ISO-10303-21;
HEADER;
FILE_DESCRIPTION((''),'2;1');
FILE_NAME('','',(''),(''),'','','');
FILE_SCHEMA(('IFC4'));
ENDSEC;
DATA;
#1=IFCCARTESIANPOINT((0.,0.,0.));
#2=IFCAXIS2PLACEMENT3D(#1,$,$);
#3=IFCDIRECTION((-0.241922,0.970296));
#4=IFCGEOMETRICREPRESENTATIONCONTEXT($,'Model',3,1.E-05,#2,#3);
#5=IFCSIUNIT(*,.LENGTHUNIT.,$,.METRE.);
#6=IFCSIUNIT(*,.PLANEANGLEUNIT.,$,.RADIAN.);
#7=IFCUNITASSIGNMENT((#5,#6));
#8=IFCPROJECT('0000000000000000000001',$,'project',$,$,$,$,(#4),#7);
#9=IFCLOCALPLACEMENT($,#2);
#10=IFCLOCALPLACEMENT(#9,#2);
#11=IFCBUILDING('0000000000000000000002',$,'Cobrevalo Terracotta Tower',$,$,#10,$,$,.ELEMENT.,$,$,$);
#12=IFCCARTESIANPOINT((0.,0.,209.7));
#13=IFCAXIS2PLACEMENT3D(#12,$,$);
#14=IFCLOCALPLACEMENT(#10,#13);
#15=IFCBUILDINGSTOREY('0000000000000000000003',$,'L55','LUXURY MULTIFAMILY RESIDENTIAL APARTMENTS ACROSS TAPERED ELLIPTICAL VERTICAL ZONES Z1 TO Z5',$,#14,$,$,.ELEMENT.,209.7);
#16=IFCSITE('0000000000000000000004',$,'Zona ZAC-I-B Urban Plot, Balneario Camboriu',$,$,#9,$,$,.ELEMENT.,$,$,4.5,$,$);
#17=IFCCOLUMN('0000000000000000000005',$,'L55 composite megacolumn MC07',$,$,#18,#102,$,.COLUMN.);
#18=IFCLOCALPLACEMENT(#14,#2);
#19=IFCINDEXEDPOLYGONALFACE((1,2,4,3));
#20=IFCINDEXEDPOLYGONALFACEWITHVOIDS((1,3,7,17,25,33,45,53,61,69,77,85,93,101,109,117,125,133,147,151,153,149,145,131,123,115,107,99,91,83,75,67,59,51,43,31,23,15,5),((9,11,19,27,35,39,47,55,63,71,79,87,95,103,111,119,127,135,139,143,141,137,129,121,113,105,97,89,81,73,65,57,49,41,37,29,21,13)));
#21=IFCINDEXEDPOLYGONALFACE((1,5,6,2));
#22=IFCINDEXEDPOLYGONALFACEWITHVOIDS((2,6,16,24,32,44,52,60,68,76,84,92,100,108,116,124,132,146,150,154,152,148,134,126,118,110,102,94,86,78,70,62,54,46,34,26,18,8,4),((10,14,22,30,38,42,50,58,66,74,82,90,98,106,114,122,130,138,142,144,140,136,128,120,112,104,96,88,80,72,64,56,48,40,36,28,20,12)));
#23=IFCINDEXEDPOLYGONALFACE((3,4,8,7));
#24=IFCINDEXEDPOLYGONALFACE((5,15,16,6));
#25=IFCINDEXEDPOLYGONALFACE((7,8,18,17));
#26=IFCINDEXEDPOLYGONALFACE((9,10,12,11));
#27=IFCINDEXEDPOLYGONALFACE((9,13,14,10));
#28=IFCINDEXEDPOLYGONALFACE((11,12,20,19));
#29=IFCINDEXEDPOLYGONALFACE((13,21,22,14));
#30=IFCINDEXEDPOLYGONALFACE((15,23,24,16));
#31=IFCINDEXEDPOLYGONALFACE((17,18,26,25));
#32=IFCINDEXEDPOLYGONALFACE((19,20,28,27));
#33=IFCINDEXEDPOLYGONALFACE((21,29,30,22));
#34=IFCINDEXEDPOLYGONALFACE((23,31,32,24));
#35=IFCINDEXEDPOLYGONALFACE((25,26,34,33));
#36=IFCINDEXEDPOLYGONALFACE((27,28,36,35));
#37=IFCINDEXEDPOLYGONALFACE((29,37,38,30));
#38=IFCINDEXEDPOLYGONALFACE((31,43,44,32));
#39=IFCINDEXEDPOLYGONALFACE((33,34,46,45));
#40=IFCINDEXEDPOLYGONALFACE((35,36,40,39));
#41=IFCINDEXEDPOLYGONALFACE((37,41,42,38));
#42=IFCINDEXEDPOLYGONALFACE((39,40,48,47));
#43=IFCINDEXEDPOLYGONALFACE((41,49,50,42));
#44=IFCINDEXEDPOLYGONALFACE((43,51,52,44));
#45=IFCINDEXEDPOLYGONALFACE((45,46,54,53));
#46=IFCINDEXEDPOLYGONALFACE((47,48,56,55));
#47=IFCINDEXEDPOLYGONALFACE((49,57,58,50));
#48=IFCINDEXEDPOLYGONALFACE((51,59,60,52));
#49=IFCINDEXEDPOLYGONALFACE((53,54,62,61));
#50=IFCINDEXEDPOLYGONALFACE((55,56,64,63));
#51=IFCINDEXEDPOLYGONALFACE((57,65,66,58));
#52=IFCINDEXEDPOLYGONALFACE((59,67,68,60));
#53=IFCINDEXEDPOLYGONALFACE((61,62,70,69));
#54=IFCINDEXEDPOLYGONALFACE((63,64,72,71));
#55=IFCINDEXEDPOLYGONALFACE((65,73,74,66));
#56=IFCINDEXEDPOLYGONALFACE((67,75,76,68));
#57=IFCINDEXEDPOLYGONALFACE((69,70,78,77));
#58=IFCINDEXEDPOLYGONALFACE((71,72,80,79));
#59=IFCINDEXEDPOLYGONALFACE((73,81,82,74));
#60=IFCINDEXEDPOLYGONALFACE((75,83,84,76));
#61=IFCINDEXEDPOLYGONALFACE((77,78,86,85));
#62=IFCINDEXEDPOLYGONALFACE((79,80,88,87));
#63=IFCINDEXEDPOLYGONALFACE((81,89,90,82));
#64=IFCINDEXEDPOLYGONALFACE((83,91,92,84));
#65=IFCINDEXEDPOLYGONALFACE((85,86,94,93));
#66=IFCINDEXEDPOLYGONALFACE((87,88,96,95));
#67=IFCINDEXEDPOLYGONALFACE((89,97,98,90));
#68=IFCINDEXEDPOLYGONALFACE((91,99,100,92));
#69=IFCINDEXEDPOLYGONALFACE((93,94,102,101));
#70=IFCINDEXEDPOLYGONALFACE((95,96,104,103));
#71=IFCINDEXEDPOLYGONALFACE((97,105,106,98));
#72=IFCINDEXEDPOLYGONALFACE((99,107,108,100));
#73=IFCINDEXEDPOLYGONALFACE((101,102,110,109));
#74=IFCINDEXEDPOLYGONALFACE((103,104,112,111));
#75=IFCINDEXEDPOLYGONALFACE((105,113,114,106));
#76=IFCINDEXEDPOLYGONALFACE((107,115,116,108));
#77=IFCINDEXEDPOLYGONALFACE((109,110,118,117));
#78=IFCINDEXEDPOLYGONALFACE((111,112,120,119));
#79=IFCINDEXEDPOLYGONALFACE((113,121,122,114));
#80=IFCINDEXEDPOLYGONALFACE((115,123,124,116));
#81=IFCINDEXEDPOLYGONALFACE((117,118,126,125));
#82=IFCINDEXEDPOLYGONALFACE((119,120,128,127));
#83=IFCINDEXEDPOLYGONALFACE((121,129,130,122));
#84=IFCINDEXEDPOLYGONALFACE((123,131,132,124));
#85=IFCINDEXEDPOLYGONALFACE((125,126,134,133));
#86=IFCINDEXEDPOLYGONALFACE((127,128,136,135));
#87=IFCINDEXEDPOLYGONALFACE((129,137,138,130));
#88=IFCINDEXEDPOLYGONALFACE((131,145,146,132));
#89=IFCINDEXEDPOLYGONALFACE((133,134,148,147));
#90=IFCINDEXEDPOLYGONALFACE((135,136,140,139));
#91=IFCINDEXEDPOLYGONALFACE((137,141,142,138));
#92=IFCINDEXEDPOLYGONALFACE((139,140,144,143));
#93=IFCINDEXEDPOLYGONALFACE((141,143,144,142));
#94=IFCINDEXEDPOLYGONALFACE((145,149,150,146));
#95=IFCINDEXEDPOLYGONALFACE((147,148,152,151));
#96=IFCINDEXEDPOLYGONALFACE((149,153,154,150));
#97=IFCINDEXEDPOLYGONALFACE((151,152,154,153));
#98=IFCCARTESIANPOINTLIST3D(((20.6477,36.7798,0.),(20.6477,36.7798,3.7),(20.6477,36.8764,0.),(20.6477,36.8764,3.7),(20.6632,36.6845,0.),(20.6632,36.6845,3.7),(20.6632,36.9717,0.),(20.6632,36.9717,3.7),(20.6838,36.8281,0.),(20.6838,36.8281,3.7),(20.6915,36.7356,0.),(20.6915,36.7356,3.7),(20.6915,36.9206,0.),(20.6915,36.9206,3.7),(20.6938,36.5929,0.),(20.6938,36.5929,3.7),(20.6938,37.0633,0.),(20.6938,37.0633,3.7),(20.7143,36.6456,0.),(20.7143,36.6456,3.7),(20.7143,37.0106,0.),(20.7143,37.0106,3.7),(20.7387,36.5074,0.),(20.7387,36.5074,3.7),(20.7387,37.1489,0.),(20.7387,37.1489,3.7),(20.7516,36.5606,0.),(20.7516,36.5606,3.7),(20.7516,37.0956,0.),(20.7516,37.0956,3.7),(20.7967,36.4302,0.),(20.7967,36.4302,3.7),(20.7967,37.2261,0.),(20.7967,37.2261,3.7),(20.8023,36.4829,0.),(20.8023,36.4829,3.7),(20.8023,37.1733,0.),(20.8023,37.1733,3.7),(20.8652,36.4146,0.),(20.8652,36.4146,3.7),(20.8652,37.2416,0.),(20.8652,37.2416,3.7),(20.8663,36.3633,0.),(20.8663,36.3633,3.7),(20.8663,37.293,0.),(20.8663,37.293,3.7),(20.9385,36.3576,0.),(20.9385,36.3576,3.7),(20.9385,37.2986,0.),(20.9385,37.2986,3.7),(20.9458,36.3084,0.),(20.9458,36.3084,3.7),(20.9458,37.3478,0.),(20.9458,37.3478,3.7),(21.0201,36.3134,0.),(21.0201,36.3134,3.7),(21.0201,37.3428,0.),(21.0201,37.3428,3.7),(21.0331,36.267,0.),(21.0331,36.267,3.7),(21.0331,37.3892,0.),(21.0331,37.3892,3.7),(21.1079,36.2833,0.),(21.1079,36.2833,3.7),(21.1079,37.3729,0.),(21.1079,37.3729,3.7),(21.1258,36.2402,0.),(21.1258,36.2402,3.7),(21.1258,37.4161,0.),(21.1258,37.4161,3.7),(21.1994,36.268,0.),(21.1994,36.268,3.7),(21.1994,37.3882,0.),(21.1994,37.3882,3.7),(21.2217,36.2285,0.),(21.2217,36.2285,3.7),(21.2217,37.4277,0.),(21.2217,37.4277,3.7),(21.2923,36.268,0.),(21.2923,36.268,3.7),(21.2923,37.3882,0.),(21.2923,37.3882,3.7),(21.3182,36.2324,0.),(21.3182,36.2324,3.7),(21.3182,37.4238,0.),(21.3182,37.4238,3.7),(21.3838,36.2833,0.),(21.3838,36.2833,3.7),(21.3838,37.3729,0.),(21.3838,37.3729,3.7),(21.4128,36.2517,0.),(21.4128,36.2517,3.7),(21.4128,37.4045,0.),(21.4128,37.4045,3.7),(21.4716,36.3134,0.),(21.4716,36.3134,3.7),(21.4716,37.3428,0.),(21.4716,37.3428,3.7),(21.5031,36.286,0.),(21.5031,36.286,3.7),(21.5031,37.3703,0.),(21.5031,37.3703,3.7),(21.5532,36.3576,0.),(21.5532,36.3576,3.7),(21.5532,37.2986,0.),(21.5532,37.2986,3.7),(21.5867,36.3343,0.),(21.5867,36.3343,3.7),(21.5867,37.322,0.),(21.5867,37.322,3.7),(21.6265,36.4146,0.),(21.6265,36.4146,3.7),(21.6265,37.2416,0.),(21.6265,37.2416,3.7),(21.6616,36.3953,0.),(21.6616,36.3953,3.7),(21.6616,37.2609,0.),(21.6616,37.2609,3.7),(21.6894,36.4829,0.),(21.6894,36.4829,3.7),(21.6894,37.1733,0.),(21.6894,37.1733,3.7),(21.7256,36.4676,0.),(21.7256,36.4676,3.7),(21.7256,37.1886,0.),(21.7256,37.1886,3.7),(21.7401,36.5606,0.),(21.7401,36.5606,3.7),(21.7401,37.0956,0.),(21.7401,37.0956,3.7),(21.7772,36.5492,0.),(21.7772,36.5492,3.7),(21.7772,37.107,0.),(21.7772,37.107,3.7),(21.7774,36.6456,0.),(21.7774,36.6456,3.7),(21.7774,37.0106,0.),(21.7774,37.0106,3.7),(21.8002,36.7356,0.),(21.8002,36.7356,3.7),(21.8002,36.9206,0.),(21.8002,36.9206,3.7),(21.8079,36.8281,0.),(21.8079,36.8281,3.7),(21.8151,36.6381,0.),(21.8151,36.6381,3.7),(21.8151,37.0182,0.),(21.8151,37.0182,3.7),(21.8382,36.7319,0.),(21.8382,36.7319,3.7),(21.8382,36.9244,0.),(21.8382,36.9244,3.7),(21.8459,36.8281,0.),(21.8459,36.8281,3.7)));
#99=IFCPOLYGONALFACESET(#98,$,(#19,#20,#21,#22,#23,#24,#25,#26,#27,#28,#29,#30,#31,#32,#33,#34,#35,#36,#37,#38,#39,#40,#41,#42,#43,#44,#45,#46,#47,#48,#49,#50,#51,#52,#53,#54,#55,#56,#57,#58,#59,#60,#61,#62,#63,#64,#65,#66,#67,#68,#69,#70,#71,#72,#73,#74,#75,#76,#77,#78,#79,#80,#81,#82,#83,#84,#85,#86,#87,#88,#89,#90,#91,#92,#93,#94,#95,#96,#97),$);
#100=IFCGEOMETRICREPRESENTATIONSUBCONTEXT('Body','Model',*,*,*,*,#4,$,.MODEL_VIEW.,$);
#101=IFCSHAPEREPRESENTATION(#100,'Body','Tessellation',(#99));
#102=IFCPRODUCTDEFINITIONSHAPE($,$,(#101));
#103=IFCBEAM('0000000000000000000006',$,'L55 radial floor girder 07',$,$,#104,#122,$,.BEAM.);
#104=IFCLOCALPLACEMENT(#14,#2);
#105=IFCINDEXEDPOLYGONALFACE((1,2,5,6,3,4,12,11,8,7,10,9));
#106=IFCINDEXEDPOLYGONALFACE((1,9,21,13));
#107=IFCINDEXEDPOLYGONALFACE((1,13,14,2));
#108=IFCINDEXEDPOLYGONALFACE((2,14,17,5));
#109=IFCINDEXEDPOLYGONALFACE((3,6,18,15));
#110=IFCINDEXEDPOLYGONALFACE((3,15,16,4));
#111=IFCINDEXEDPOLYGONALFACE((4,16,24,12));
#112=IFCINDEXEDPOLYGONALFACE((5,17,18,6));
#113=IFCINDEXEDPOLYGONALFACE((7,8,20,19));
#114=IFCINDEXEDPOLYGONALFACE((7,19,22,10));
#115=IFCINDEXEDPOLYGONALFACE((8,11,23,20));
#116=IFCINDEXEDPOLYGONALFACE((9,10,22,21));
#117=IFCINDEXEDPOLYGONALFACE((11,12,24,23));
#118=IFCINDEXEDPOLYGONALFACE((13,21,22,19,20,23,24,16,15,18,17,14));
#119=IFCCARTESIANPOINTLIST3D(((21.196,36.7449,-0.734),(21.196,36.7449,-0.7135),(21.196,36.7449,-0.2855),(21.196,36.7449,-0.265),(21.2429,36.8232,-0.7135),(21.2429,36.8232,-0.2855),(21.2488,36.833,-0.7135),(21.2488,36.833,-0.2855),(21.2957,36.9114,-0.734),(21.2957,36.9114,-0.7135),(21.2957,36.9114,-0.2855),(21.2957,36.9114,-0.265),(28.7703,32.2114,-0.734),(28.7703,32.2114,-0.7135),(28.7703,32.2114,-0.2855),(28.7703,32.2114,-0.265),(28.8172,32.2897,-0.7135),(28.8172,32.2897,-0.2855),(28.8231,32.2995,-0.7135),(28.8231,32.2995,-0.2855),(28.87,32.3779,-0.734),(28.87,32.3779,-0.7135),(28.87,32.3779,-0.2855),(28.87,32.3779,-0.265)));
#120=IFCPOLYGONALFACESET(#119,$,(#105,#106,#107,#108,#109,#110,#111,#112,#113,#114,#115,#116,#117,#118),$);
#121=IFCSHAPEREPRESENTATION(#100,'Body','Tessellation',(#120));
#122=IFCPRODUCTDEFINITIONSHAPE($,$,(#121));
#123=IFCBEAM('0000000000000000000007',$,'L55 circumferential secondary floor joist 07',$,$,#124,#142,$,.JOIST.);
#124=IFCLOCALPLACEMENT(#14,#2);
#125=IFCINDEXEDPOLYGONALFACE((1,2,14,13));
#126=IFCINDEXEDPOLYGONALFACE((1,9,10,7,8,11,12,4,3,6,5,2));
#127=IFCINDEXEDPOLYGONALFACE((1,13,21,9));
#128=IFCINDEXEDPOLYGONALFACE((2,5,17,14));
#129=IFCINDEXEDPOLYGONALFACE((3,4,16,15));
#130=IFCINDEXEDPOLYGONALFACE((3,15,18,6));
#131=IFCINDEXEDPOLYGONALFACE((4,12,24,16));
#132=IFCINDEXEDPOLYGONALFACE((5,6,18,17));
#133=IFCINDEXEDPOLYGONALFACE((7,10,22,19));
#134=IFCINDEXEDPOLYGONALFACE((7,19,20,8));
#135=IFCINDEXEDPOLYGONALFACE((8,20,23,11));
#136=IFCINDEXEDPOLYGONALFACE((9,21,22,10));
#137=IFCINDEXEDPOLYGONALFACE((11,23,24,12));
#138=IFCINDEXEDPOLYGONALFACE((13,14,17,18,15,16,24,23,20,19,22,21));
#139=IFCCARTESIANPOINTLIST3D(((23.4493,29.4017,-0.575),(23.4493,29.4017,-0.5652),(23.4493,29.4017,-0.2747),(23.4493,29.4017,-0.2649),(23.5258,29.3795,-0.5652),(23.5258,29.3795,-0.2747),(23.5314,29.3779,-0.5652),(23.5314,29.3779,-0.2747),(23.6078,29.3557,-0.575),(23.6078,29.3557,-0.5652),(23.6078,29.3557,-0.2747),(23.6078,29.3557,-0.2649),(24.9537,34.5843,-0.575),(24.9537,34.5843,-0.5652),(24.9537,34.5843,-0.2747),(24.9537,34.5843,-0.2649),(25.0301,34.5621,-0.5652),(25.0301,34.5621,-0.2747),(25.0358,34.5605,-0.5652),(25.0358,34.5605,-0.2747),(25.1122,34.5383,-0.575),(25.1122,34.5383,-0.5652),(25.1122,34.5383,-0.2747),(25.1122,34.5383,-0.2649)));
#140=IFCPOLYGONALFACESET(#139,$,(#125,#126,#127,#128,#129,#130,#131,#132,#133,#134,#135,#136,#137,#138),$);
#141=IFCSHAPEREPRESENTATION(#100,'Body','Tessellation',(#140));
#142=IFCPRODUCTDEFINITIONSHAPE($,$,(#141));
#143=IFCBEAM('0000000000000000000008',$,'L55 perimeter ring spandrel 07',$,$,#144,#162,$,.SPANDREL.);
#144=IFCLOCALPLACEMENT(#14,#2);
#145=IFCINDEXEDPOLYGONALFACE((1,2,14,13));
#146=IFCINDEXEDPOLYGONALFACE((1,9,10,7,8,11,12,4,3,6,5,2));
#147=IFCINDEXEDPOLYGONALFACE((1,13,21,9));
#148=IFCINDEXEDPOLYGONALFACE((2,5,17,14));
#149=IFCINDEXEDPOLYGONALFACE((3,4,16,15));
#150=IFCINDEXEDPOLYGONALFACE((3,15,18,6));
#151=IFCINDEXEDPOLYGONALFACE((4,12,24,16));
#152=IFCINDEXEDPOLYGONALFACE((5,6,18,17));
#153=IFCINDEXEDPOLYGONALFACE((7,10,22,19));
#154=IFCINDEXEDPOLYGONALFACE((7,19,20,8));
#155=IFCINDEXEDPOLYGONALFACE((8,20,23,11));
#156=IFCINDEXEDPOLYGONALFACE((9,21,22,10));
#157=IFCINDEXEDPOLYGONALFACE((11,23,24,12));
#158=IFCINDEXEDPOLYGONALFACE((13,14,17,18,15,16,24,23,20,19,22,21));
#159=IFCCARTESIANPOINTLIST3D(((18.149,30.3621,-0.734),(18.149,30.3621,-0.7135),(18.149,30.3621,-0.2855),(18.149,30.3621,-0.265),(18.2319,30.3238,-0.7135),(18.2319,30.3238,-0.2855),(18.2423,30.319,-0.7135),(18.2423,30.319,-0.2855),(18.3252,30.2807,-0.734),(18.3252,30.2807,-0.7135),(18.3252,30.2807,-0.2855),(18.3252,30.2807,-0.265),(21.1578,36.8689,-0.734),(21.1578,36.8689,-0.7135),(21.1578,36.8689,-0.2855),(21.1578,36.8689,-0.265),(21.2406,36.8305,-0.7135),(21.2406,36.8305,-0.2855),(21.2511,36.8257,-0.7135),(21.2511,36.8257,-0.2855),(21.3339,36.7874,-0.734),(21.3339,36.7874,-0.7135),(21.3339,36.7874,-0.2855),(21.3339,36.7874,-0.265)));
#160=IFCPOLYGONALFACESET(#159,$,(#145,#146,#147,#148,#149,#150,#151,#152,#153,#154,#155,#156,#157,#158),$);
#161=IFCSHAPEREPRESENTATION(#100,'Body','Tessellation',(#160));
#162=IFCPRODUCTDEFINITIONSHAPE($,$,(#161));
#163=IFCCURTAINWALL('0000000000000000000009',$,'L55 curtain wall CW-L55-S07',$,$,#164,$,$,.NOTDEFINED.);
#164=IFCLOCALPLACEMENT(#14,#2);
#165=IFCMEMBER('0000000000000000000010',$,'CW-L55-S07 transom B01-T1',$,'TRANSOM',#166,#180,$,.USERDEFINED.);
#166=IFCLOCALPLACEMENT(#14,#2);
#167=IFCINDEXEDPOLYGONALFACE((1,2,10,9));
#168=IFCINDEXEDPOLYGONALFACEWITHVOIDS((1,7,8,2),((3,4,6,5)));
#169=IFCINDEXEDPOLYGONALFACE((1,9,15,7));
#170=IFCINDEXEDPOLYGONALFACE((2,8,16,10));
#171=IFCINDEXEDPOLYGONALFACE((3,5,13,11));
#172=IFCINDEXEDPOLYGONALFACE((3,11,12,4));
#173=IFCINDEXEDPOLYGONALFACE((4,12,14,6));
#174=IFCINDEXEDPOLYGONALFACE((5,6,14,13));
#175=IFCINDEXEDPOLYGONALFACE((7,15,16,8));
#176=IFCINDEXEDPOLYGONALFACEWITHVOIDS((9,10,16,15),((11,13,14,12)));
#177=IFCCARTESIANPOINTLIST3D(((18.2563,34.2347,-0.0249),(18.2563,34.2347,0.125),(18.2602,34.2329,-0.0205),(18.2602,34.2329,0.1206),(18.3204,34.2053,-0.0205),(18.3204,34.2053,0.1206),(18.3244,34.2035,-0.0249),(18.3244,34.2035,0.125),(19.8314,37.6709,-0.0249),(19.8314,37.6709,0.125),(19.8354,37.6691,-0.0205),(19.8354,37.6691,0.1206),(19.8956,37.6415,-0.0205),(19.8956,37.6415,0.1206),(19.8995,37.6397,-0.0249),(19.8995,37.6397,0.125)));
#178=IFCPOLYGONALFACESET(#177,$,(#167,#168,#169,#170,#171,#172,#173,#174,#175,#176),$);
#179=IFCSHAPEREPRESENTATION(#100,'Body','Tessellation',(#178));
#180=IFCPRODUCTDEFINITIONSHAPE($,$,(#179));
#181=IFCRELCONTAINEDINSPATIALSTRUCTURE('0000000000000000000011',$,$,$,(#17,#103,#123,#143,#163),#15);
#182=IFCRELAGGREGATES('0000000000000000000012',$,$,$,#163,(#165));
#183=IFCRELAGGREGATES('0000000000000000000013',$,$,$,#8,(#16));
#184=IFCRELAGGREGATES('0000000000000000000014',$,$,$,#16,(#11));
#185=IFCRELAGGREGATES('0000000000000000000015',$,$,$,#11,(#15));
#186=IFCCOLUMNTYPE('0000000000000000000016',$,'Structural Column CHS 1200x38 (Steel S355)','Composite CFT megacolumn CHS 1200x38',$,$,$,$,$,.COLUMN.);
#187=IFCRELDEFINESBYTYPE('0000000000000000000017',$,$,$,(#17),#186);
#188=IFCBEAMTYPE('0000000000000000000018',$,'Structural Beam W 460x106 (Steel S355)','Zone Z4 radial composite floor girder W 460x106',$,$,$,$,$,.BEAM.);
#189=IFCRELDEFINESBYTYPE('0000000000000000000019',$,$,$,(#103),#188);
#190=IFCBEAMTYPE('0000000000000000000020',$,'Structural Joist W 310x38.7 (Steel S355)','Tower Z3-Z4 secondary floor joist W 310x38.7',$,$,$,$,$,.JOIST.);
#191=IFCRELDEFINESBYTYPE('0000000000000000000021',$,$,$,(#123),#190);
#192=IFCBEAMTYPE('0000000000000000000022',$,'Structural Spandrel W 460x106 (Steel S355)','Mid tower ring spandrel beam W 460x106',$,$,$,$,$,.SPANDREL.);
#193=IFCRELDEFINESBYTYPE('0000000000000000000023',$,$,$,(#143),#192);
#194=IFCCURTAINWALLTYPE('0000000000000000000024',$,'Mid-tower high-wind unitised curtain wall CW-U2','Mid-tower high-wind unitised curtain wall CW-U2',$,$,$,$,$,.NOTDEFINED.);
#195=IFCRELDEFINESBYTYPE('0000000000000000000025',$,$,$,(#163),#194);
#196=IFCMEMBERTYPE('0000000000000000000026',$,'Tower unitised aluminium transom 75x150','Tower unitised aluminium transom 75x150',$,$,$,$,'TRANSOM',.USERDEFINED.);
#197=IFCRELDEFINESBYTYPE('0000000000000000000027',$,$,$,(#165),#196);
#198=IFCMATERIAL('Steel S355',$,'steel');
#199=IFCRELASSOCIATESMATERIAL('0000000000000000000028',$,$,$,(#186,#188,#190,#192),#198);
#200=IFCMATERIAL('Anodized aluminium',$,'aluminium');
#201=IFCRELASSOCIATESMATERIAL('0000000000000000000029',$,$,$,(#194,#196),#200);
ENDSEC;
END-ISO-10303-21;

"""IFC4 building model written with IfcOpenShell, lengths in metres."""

from ifc_helpers import new_model, si_unit, direction, frame, origin, origin_2d, place, context, subcontext, project, spatial, hollow_rectangle, hollow_circle, i_section, extrude, source, transform, mapped, material, material_profile, profile_set, type_object, element, aggregate, save


model = new_model("IFC4")

# Units and contexts
model_context = context("Model", 3, precision=1e-05, world=origin(), true_north=direction((-0.241922, 0.970296)))
body_context = subcontext(model_context, "Body", "Model", "MODEL_VIEW")
ifc_project = project(units=[si_unit("LENGTHUNIT", "METRE"), si_unit("PLANEANGLEUNIT", "RADIAN")], contexts=[model_context])

# Site, building, storey
site_placement = place(None, origin())
site = spatial("IfcSite", under=ifc_project, at=site_placement, Name="Zona ZAC-I-B Urban Plot, Balneario Camboriu", CompositionType="ELEMENT", RefElevation=4.5)
building_placement = place(site_placement, origin())
building = spatial("IfcBuilding", under=site, at=building_placement, Name="Cobrevalo Terracotta Tower", CompositionType="ELEMENT")
storey_placement = place(building_placement, frame((0.0, 0.0, 209.7)))
storey = spatial("IfcBuildingStorey", under=building, at=storey_placement, Name="L55", Description="LUXURY MULTIFAMILY RESIDENTIAL APARTMENTS ACROSS TAPERED ELLIPTICAL VERTICAL ZONES Z1 TO Z5", CompositionType="ELEMENT", Elevation=209.7)

# Column
ifc_material_1 = material(Name="Steel S355", Category="steel")
ifc_material_profile_1 = material_profile(ifc_material_1, hollow_circle(Radius=0.6001, WallThickness=0.0381, at=origin_2d()), Name="CHS 1200x38")
ifc_profile_set_1 = profile_set([ifc_material_profile_1], Name="Steel S355")
column_type = type_object("IfcColumnType", Name="Structural Column CHS 1200x38 (Steel S355)", Description="Composite CFT megacolumn CHS 1200x38", PredefinedType="COLUMN", material=ifc_profile_set_1)
column_placement = place(storey_placement, frame((21.2458, 36.8281, 0.0), z_axis=(0.0, 0.0, 1.0), x_axis=(1.0, 0.0, 0.0)))
element("IfcColumn", 1, at=column_placement, inside=storey, type_object=column_type, Name="L55 composite megacolumn MC07", PredefinedType="COLUMN", context=body_context, shape_type="SweptSolid", body=[
    extrude(hollow_circle(Radius=0.6001, WallThickness=0.0381, at=origin_2d()), origin(), (0.0, 0.0, 1.0), 3.7),
])

# Beams
ifc_material_profile_2 = material_profile(ifc_material_1, i_section(OverallWidth=0.1941, OverallDepth=0.469, WebThickness=0.0115, FlangeThickness=0.0205, at=origin_2d()), Name="W 460x106")
ifc_profile_set_2 = profile_set([ifc_material_profile_2], Name="Steel S355")
beam_type_1 = type_object("IfcBeamType", Name="Structural Beam W 460x106 (Steel S355)", Description="Zone Z4 radial composite floor girder W 460x106", PredefinedType="BEAM", material=ifc_profile_set_2)
beam_1_placement = place(storey_placement, frame((21.2458, 36.8281, -0.4995), z_axis=(0.858046, -0.513572, 0.0), x_axis=(0.513572, 0.858046, 0.0)))
element("IfcBeam", 2, at=beam_1_placement, inside=storey, type_object=beam_type_1, Name="L55 radial floor girder 07", PredefinedType="BEAM", context=body_context, shape_type="SweptSolid", body=[
    extrude(i_section(OverallWidth=0.1941, OverallDepth=0.469, WebThickness=0.0115, FlangeThickness=0.0205, at=origin_2d()), origin(), (0.0, 0.0, 1.0), 8.8274),
])
ifc_material_profile_3 = material_profile(ifc_material_1, i_section(OverallWidth=0.165, OverallDepth=0.3101, WebThickness=0.0059, FlangeThickness=0.0098, at=origin_2d()), Name="W 310x38.7")
ifc_profile_set_3 = profile_set([ifc_material_profile_3], Name="Steel S355")
beam_type_2 = type_object("IfcBeamType", Name="Structural Joist W 310x38.7 (Steel S355)", Description="Tower Z3-Z4 secondary floor joist W 310x38.7", PredefinedType="JOIST", material=ifc_profile_set_3)
beam_2_placement = place(storey_placement, frame((25.033, 34.5613, -0.4199), z_axis=(-0.27877, -0.960358, 0.0), x_axis=(0.960358, -0.27877, 0.0)))
element("IfcBeam", 3, at=beam_2_placement, inside=storey, type_object=beam_type_2, Name="L55 circumferential secondary floor joist 07", PredefinedType="JOIST", context=body_context, shape_type="SweptSolid", body=[
    extrude(i_section(OverallWidth=0.165, OverallDepth=0.3101, WebThickness=0.0059, FlangeThickness=0.0098, at=origin_2d()), origin(), (0.0, 0.0, 1.0), 5.3965),
])
ifc_material_profile_4 = material_profile(ifc_material_1, i_section(OverallWidth=0.1941, OverallDepth=0.469, WebThickness=0.0115, FlangeThickness=0.0205, at=origin_2d()), Name="W 460x106")
ifc_profile_set_4 = profile_set([ifc_material_profile_4], Name="Steel S355")
beam_type_3 = type_object("IfcBeamType", Name="Structural Spandrel W 460x106 (Steel S355)", Description="Mid tower ring spandrel beam W 460x106", PredefinedType="SPANDREL", material=ifc_profile_set_4)
beam_3_placement = place(storey_placement, frame((21.2458, 36.8281, -0.4995), z_axis=(-0.419706, -0.90766, 0.0), x_axis=(0.90766, -0.419706, 0.0)))
element("IfcBeam", 4, at=beam_3_placement, inside=storey, type_object=beam_type_3, Name="L55 perimeter ring spandrel 07", PredefinedType="SPANDREL", context=body_context, shape_type="SweptSolid", body=[
    extrude(i_section(OverallWidth=0.1941, OverallDepth=0.469, WebThickness=0.0115, FlangeThickness=0.0205, at=origin_2d()), origin(), (0.0, 0.0, 1.0), 7.1687),
])

# Curtain wall, member
ifc_material_2 = material(Name="Anodized aluminium", Category="aluminium")
curtain_wall_type = type_object("IfcCurtainWallType", Name="Mid-tower high-wind unitised curtain wall CW-U2", Description="Mid-tower high-wind unitised curtain wall CW-U2", PredefinedType="NOTDEFINED", material=ifc_material_2)
curtain_wall_1_placement = place(storey_placement, origin())
curtain_wall_1 = element("IfcCurtainWall", 5, at=curtain_wall_1_placement, inside=storey, type_object=curtain_wall_type, Name="L55 curtain wall CW-L55-S07", PredefinedType="NOTDEFINED")
ifc_material_profile_5 = material_profile(ifc_material_2, hollow_rectangle(XDim=0.075, YDim=0.1499, WallThickness=0.0044, at=origin_2d()), Name="CWT 75x150")
ifc_profile_set_5 = profile_set([ifc_material_profile_5], Name="Anodized aluminium")
member_type_1 = type_object("IfcMemberType", Name="Tower unitised aluminium transom 75x150", Description="Tower unitised aluminium transom 75x150", ElementType="TRANSOM", PredefinedType="USERDEFINED", material=ifc_profile_set_5)
shared_shape_1 = source(origin(), body_context, "Body", "SweptSolid", [
    extrude(hollow_rectangle(XDim=0.075, YDim=0.1499, WallThickness=0.0044, at=origin_2d()), origin(), (0.0, 0.0, 1.0), 3.78),
])
member_1_placement = place(storey_placement, frame((19.8655, 37.6553, 0.05), z_axis=(-0.416706, -0.909041, 0.0), x_axis=(0.909041, -0.416706, 0.0)))
member_1 = element("IfcMember", 6, at=member_1_placement, type_object=member_type_1, Name="CW-L55-S07 transom B01-T1", ObjectType="TRANSOM", PredefinedType="USERDEFINED", context=body_context, shape_type="MappedRepresentation", body=[
    mapped(shared_shape_1, transform((0.0, 0.0, 0.0), scale=1.0)),
])

aggregate(curtain_wall_1, [member_1])

save(model, "model.ifc")
